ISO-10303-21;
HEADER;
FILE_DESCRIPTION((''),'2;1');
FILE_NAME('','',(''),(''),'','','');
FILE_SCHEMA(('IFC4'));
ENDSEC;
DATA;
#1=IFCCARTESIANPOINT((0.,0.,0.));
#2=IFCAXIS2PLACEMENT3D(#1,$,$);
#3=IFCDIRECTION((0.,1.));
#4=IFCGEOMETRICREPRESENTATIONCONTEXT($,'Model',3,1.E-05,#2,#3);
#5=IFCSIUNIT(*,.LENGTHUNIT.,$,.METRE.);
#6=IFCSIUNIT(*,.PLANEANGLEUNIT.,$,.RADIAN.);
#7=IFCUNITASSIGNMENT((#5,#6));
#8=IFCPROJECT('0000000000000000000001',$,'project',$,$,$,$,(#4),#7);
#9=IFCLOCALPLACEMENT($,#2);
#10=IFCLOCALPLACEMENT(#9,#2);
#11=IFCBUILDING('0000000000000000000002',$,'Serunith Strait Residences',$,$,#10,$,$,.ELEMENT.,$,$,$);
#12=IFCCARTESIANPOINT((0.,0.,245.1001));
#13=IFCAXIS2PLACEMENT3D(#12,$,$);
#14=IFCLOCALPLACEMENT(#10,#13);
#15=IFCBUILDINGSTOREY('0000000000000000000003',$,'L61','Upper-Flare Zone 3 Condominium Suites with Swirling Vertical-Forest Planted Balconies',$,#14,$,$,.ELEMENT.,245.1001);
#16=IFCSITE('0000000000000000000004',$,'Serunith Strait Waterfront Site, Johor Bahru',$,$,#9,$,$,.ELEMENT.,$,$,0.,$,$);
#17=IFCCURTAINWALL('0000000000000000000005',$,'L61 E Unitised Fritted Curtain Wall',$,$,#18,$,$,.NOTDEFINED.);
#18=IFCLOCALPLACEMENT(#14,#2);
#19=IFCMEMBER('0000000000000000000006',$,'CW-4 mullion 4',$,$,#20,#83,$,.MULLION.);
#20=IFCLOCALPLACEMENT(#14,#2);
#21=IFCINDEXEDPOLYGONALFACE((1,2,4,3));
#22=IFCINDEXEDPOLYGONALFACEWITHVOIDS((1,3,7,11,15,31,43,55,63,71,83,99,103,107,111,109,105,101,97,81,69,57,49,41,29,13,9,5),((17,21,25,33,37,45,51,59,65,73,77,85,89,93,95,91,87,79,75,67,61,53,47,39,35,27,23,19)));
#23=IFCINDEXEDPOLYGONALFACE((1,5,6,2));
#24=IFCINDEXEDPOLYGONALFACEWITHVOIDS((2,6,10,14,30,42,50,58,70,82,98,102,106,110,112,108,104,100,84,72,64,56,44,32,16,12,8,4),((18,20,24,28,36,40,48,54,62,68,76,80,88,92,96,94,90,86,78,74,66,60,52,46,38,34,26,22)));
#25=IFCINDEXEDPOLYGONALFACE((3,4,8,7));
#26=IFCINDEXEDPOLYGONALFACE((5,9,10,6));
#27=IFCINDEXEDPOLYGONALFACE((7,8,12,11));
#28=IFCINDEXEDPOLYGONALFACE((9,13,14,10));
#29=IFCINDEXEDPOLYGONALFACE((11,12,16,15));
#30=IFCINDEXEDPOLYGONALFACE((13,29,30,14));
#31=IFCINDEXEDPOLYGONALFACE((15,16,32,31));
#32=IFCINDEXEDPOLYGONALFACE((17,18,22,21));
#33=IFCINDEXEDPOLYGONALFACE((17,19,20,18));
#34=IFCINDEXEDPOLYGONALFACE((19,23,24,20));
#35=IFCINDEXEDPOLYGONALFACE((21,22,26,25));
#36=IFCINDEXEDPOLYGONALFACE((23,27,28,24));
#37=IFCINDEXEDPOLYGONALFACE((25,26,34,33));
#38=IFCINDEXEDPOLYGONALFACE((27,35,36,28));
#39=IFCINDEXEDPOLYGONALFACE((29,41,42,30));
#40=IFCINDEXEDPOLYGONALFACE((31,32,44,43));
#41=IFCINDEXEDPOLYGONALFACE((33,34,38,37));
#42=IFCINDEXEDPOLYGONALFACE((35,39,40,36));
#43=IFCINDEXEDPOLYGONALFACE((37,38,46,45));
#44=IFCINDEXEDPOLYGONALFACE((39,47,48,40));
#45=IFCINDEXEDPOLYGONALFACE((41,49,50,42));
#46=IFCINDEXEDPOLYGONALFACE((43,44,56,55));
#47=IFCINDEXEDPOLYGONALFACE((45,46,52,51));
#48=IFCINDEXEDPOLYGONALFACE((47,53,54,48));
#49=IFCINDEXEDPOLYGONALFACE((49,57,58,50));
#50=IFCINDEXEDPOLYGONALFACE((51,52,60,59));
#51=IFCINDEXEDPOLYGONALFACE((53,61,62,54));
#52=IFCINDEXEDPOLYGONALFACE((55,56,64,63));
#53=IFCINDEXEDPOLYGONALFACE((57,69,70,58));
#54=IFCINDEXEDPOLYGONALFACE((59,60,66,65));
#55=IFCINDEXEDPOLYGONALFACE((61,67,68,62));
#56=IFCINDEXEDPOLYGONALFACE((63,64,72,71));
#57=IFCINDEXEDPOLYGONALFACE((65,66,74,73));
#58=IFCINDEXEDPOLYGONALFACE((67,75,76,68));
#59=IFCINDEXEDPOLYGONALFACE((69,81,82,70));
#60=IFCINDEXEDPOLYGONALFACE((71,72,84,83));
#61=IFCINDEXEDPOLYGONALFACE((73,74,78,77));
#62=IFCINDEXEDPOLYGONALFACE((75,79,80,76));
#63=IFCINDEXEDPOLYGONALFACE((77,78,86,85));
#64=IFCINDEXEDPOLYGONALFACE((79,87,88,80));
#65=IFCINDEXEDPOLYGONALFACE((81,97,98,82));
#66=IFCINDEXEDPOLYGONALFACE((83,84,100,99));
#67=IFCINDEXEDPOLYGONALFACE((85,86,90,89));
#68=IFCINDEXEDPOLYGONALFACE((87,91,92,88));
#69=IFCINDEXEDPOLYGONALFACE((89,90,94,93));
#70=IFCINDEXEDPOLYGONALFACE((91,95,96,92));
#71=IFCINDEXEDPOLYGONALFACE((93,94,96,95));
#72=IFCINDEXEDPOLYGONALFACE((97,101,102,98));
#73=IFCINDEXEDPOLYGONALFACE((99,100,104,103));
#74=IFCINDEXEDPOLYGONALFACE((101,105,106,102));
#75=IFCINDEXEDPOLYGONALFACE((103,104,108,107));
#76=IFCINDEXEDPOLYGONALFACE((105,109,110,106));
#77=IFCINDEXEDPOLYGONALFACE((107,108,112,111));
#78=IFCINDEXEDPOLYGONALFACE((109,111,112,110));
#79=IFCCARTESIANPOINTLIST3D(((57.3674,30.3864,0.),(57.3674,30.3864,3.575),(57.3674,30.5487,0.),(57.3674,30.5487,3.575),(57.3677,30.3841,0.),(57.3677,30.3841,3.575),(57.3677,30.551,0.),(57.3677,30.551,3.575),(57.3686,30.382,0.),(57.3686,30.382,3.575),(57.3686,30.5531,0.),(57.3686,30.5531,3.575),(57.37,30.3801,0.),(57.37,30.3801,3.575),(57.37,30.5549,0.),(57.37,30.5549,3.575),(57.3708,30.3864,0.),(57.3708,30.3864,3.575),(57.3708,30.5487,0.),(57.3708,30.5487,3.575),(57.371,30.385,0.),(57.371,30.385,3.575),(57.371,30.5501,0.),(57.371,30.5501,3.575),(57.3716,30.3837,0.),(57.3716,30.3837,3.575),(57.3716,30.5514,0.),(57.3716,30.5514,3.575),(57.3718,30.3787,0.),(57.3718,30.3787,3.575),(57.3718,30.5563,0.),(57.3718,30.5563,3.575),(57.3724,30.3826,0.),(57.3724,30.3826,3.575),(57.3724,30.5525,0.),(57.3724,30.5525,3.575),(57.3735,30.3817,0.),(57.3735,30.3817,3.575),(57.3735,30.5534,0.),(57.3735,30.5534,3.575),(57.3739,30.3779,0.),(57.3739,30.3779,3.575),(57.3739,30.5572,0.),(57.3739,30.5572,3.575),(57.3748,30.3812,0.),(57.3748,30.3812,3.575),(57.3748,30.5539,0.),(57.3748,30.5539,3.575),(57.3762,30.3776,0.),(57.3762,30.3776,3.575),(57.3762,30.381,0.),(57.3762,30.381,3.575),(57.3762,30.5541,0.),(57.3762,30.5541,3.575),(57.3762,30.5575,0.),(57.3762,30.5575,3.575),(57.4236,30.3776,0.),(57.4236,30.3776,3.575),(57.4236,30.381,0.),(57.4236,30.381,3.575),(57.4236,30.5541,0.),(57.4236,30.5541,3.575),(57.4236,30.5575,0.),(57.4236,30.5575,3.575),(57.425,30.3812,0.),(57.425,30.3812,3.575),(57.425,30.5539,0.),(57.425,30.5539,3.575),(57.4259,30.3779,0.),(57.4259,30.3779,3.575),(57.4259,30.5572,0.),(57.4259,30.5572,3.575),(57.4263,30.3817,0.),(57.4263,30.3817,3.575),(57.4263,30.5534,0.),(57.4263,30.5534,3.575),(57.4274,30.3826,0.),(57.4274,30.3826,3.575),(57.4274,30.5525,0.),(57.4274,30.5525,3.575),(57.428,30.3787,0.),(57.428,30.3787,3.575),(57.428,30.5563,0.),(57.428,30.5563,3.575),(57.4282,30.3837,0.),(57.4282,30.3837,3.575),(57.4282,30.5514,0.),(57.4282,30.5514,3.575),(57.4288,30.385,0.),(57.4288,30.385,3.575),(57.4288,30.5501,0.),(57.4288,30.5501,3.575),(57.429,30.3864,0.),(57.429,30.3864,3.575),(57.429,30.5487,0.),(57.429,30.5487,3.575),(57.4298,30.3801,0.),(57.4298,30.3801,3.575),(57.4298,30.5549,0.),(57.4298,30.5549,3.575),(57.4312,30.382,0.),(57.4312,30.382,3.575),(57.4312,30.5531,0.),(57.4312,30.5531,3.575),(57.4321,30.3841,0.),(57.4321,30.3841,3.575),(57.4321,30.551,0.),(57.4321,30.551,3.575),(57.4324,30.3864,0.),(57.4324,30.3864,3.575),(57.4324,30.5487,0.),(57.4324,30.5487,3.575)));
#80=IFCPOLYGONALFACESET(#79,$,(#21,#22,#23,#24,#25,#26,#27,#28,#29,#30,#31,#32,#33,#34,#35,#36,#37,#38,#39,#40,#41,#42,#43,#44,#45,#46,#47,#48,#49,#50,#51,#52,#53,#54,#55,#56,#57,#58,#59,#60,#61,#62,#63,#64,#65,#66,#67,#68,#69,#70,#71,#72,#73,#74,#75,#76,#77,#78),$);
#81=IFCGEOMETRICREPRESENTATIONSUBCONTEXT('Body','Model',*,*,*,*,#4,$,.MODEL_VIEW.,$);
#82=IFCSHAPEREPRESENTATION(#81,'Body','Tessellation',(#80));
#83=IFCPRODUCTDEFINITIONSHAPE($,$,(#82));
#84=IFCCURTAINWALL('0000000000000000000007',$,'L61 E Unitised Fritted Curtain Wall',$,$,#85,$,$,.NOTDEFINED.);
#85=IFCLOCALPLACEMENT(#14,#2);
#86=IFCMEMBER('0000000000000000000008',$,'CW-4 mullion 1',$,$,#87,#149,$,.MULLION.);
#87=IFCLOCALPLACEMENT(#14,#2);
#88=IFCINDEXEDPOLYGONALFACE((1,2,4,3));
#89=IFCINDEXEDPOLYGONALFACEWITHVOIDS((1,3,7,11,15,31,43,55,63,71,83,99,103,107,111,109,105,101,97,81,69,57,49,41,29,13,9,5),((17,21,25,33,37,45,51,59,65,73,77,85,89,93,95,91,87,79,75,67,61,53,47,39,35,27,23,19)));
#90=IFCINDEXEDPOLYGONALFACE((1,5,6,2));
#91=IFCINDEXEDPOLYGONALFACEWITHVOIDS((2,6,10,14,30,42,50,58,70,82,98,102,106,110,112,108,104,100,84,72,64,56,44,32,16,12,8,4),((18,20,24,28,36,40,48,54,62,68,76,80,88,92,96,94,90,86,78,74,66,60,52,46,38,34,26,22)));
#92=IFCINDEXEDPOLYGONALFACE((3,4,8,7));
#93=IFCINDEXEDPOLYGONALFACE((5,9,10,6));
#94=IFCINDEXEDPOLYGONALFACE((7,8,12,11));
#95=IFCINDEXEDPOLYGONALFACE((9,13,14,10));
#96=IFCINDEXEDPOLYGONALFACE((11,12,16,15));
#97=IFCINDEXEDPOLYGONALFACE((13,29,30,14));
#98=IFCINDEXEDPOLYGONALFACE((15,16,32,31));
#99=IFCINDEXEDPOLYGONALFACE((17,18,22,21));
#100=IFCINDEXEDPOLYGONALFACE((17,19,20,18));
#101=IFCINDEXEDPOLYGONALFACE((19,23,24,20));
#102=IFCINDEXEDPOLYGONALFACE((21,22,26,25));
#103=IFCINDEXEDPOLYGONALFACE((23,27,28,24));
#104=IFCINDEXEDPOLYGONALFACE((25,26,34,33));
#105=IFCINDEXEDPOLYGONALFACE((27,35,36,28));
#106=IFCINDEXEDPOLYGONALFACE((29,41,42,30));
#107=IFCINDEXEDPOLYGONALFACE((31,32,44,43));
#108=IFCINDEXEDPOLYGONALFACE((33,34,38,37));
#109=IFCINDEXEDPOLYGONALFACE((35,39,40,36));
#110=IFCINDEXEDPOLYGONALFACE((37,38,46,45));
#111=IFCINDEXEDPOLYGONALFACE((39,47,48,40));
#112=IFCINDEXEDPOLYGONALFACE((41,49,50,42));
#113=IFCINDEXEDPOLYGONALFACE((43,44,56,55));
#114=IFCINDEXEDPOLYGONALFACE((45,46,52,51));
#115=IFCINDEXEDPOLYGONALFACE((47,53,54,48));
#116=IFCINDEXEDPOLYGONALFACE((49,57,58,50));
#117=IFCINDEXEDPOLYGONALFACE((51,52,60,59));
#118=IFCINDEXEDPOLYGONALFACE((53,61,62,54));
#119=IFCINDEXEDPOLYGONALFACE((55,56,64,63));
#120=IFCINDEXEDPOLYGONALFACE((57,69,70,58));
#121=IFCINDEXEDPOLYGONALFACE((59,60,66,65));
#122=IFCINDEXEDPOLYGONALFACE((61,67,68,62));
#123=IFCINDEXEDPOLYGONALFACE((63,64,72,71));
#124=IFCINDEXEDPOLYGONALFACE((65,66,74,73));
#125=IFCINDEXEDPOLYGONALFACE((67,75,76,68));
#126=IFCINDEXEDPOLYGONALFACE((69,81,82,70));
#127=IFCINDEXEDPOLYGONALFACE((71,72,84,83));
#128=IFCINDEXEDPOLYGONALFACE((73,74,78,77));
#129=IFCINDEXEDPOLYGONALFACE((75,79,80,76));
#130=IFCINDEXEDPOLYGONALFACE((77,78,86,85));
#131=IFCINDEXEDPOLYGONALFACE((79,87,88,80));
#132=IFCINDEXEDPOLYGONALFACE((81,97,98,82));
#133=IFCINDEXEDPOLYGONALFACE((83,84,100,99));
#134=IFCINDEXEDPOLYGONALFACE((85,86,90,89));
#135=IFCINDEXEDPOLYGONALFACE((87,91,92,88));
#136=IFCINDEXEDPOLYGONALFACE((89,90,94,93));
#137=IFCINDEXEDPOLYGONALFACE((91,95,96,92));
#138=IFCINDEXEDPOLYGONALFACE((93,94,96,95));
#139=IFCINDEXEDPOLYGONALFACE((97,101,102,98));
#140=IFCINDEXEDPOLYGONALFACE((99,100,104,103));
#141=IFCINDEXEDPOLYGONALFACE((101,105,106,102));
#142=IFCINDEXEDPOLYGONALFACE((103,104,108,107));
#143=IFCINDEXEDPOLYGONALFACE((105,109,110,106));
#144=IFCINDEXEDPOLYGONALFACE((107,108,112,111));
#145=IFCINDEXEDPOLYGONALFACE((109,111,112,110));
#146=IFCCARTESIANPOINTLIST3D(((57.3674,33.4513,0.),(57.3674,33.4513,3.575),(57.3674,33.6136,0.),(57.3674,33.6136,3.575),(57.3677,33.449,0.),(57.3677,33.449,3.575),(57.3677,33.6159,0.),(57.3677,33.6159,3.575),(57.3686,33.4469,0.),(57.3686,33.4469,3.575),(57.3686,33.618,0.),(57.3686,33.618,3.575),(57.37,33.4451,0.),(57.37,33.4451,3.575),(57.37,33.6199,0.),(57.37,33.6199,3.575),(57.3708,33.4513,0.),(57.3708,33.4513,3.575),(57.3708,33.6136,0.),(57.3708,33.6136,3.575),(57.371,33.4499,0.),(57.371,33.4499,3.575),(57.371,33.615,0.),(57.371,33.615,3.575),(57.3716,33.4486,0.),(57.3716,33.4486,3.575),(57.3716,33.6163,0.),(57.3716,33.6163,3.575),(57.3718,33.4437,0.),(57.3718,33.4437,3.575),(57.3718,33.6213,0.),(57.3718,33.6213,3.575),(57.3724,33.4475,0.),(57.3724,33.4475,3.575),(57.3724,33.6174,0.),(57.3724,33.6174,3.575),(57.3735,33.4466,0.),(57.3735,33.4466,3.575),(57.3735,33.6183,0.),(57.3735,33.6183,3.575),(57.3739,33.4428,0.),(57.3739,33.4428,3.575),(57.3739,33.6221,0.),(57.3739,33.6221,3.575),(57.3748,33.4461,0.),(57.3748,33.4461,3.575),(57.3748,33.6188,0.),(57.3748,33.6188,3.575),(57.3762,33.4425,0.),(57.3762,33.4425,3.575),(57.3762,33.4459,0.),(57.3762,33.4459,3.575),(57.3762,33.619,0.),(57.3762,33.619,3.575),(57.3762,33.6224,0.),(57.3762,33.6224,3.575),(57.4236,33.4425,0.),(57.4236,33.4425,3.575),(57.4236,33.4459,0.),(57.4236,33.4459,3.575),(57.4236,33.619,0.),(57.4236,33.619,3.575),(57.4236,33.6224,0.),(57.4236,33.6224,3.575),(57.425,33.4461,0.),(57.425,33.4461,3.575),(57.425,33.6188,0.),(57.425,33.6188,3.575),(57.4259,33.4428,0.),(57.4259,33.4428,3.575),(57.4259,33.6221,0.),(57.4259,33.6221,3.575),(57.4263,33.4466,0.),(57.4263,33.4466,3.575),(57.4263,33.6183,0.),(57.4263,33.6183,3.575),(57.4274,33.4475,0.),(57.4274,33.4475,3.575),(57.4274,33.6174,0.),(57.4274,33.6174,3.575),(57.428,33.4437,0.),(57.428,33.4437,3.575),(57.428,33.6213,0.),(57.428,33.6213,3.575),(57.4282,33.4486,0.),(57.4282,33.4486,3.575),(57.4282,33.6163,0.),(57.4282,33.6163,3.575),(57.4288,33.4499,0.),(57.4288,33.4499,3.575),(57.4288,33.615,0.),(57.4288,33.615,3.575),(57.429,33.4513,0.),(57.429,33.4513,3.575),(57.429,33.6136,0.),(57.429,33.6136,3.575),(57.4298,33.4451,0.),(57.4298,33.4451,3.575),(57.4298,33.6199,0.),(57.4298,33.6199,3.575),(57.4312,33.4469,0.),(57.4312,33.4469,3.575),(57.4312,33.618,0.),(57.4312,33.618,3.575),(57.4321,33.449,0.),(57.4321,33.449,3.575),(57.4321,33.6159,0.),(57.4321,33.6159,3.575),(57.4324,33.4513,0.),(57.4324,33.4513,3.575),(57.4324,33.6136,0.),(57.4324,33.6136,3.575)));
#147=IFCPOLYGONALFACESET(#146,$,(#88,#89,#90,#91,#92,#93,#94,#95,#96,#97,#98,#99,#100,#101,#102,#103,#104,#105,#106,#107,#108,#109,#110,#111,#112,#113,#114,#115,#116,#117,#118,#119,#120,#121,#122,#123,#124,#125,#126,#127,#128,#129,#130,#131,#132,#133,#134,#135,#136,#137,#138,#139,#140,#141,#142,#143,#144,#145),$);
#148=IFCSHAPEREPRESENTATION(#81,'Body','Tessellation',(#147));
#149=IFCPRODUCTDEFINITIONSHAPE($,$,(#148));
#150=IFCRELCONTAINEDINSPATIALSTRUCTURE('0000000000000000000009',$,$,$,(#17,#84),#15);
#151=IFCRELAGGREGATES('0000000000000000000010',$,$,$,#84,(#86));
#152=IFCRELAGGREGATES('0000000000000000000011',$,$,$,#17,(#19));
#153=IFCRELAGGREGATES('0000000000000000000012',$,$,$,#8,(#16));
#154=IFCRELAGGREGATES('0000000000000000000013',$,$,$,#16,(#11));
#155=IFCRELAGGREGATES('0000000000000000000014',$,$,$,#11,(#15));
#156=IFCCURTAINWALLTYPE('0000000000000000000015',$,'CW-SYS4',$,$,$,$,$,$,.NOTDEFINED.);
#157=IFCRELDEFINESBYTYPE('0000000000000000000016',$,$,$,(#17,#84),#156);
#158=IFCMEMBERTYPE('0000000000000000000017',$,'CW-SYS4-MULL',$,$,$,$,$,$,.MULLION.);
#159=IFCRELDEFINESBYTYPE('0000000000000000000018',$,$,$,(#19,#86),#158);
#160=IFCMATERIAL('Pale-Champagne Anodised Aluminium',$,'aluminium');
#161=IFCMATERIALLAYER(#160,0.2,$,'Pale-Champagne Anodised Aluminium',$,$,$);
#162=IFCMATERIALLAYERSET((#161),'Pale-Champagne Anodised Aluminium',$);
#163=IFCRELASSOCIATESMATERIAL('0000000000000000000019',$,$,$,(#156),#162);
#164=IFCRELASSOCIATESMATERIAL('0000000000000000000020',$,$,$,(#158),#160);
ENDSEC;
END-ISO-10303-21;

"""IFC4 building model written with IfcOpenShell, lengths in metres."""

from ifc_helpers import new_model, si_unit, direction, frame, origin, origin_2d, place, context, subcontext, project, spatial, hollow_rectangle, extrude, source, transform, mapped, material, layer, layer_set, material_profile, profile_set, type_object, element, aggregate, save


model = new_model("IFC4")

# Units and contexts
model_context = context("Model", 3, precision=1e-05, world=origin(), true_north=direction((0.0, 1.0)))
body_context = subcontext(model_context, "Body", "Model", "MODEL_VIEW")
ifc_project = project(units=[si_unit("LENGTHUNIT", "METRE"), si_unit("PLANEANGLEUNIT", "RADIAN")], contexts=[model_context])

# Site, building, storey
site_placement = place(None, origin())
site = spatial("IfcSite", under=ifc_project, at=site_placement, Name="Serunith Strait Waterfront Site, Johor Bahru", CompositionType="ELEMENT", RefElevation=0.0)
building_placement = place(site_placement, origin())
building = spatial("IfcBuilding", under=site, at=building_placement, Name="Serunith Strait Residences", CompositionType="ELEMENT")
storey_placement = place(building_placement, frame((0.0, 0.0, 245.1001)))
storey = spatial("IfcBuildingStorey", under=building, at=storey_placement, Name="L61", Description="Upper-Flare Zone 3 Condominium Suites with Swirling Vertical-Forest Planted Balconies", CompositionType="ELEMENT", Elevation=245.1001)

# Curtain wall, member
ifc_material_1 = material(Name="Pale-Champagne Anodised Aluminium", Category="aluminium")
ifc_layer_1 = layer(ifc_material_1, 0.2, Name="Pale-Champagne Anodised Aluminium")
ifc_layer_set_1 = layer_set([ifc_layer_1], Name="Pale-Champagne Anodised Aluminium")
curtain_wall_type = type_object("IfcCurtainWallType", Name="CW-SYS4", PredefinedType="NOTDEFINED", material=ifc_layer_set_1)
curtain_wall_1_placement = place(storey_placement, origin())
curtain_wall_1 = element("IfcCurtainWall", 1, at=curtain_wall_1_placement, inside=storey, type_object=curtain_wall_type, Name="L61 E Unitised Fritted Curtain Wall", PredefinedType="NOTDEFINED")
ifc_material_profile_1 = material_profile(ifc_material_1, hollow_rectangle(XDim=0.0649, YDim=0.1799, WallThickness=0.0034, InnerFilletRadius=0.0054, OuterFilletRadius=0.0088, at=origin_2d()), Name="ALU 180x65x3.5")
ifc_profile_set_1 = profile_set([ifc_material_profile_1], Name="Pale-Champagne Anodised Aluminium")
member_type_1 = type_object("IfcMemberType", Name="CW-SYS4-MULL", PredefinedType="MULLION", material=ifc_profile_set_1)
shared_shape_1 = source(origin(), body_context, "Body", "SweptSolid", [
    extrude(hollow_rectangle(XDim=0.0649, YDim=0.1799, WallThickness=0.0034, InnerFilletRadius=0.0054, OuterFilletRadius=0.0088, at=origin_2d()), origin(), (0.0, 0.0, 1.0), 3.575),
])
member_1_placement = place(storey_placement, frame((57.3999, 30.4675, 0.0), z_axis=(0.0, 0.0, 1.0), x_axis=(-1.0, 0.0, 0.0)))
member_1 = element("IfcMember", 2, at=member_1_placement, type_object=member_type_1, Name="CW-4 mullion 4", PredefinedType="MULLION", context=body_context, shape_type="MappedRepresentation", body=[
    mapped(shared_shape_1, transform((0.0, 0.0, 0.0), scale=1.0)),
])

# Curtain wall, member
curtain_wall_2_placement = place(storey_placement, origin())
curtain_wall_2 = element("IfcCurtainWall", 3, at=curtain_wall_2_placement, inside=storey, type_object=curtain_wall_type, Name="L61 E Unitised Fritted Curtain Wall", PredefinedType="NOTDEFINED")
member_2_placement = place(storey_placement, frame((57.3999, 33.5325, 0.0), z_axis=(0.0, 0.0, 1.0), x_axis=(-1.0, 0.0, 0.0)))
member_2 = element("IfcMember", 4, at=member_2_placement, type_object=member_type_1, Name="CW-4 mullion 1", PredefinedType="MULLION", context=body_context, shape_type="MappedRepresentation", body=[
    mapped(shared_shape_1, transform((0.0, 0.0, 0.0), scale=1.0)),
])
aggregate(curtain_wall_2, [member_2])

aggregate(curtain_wall_1, [member_1])

save(model, "model.ifc")
